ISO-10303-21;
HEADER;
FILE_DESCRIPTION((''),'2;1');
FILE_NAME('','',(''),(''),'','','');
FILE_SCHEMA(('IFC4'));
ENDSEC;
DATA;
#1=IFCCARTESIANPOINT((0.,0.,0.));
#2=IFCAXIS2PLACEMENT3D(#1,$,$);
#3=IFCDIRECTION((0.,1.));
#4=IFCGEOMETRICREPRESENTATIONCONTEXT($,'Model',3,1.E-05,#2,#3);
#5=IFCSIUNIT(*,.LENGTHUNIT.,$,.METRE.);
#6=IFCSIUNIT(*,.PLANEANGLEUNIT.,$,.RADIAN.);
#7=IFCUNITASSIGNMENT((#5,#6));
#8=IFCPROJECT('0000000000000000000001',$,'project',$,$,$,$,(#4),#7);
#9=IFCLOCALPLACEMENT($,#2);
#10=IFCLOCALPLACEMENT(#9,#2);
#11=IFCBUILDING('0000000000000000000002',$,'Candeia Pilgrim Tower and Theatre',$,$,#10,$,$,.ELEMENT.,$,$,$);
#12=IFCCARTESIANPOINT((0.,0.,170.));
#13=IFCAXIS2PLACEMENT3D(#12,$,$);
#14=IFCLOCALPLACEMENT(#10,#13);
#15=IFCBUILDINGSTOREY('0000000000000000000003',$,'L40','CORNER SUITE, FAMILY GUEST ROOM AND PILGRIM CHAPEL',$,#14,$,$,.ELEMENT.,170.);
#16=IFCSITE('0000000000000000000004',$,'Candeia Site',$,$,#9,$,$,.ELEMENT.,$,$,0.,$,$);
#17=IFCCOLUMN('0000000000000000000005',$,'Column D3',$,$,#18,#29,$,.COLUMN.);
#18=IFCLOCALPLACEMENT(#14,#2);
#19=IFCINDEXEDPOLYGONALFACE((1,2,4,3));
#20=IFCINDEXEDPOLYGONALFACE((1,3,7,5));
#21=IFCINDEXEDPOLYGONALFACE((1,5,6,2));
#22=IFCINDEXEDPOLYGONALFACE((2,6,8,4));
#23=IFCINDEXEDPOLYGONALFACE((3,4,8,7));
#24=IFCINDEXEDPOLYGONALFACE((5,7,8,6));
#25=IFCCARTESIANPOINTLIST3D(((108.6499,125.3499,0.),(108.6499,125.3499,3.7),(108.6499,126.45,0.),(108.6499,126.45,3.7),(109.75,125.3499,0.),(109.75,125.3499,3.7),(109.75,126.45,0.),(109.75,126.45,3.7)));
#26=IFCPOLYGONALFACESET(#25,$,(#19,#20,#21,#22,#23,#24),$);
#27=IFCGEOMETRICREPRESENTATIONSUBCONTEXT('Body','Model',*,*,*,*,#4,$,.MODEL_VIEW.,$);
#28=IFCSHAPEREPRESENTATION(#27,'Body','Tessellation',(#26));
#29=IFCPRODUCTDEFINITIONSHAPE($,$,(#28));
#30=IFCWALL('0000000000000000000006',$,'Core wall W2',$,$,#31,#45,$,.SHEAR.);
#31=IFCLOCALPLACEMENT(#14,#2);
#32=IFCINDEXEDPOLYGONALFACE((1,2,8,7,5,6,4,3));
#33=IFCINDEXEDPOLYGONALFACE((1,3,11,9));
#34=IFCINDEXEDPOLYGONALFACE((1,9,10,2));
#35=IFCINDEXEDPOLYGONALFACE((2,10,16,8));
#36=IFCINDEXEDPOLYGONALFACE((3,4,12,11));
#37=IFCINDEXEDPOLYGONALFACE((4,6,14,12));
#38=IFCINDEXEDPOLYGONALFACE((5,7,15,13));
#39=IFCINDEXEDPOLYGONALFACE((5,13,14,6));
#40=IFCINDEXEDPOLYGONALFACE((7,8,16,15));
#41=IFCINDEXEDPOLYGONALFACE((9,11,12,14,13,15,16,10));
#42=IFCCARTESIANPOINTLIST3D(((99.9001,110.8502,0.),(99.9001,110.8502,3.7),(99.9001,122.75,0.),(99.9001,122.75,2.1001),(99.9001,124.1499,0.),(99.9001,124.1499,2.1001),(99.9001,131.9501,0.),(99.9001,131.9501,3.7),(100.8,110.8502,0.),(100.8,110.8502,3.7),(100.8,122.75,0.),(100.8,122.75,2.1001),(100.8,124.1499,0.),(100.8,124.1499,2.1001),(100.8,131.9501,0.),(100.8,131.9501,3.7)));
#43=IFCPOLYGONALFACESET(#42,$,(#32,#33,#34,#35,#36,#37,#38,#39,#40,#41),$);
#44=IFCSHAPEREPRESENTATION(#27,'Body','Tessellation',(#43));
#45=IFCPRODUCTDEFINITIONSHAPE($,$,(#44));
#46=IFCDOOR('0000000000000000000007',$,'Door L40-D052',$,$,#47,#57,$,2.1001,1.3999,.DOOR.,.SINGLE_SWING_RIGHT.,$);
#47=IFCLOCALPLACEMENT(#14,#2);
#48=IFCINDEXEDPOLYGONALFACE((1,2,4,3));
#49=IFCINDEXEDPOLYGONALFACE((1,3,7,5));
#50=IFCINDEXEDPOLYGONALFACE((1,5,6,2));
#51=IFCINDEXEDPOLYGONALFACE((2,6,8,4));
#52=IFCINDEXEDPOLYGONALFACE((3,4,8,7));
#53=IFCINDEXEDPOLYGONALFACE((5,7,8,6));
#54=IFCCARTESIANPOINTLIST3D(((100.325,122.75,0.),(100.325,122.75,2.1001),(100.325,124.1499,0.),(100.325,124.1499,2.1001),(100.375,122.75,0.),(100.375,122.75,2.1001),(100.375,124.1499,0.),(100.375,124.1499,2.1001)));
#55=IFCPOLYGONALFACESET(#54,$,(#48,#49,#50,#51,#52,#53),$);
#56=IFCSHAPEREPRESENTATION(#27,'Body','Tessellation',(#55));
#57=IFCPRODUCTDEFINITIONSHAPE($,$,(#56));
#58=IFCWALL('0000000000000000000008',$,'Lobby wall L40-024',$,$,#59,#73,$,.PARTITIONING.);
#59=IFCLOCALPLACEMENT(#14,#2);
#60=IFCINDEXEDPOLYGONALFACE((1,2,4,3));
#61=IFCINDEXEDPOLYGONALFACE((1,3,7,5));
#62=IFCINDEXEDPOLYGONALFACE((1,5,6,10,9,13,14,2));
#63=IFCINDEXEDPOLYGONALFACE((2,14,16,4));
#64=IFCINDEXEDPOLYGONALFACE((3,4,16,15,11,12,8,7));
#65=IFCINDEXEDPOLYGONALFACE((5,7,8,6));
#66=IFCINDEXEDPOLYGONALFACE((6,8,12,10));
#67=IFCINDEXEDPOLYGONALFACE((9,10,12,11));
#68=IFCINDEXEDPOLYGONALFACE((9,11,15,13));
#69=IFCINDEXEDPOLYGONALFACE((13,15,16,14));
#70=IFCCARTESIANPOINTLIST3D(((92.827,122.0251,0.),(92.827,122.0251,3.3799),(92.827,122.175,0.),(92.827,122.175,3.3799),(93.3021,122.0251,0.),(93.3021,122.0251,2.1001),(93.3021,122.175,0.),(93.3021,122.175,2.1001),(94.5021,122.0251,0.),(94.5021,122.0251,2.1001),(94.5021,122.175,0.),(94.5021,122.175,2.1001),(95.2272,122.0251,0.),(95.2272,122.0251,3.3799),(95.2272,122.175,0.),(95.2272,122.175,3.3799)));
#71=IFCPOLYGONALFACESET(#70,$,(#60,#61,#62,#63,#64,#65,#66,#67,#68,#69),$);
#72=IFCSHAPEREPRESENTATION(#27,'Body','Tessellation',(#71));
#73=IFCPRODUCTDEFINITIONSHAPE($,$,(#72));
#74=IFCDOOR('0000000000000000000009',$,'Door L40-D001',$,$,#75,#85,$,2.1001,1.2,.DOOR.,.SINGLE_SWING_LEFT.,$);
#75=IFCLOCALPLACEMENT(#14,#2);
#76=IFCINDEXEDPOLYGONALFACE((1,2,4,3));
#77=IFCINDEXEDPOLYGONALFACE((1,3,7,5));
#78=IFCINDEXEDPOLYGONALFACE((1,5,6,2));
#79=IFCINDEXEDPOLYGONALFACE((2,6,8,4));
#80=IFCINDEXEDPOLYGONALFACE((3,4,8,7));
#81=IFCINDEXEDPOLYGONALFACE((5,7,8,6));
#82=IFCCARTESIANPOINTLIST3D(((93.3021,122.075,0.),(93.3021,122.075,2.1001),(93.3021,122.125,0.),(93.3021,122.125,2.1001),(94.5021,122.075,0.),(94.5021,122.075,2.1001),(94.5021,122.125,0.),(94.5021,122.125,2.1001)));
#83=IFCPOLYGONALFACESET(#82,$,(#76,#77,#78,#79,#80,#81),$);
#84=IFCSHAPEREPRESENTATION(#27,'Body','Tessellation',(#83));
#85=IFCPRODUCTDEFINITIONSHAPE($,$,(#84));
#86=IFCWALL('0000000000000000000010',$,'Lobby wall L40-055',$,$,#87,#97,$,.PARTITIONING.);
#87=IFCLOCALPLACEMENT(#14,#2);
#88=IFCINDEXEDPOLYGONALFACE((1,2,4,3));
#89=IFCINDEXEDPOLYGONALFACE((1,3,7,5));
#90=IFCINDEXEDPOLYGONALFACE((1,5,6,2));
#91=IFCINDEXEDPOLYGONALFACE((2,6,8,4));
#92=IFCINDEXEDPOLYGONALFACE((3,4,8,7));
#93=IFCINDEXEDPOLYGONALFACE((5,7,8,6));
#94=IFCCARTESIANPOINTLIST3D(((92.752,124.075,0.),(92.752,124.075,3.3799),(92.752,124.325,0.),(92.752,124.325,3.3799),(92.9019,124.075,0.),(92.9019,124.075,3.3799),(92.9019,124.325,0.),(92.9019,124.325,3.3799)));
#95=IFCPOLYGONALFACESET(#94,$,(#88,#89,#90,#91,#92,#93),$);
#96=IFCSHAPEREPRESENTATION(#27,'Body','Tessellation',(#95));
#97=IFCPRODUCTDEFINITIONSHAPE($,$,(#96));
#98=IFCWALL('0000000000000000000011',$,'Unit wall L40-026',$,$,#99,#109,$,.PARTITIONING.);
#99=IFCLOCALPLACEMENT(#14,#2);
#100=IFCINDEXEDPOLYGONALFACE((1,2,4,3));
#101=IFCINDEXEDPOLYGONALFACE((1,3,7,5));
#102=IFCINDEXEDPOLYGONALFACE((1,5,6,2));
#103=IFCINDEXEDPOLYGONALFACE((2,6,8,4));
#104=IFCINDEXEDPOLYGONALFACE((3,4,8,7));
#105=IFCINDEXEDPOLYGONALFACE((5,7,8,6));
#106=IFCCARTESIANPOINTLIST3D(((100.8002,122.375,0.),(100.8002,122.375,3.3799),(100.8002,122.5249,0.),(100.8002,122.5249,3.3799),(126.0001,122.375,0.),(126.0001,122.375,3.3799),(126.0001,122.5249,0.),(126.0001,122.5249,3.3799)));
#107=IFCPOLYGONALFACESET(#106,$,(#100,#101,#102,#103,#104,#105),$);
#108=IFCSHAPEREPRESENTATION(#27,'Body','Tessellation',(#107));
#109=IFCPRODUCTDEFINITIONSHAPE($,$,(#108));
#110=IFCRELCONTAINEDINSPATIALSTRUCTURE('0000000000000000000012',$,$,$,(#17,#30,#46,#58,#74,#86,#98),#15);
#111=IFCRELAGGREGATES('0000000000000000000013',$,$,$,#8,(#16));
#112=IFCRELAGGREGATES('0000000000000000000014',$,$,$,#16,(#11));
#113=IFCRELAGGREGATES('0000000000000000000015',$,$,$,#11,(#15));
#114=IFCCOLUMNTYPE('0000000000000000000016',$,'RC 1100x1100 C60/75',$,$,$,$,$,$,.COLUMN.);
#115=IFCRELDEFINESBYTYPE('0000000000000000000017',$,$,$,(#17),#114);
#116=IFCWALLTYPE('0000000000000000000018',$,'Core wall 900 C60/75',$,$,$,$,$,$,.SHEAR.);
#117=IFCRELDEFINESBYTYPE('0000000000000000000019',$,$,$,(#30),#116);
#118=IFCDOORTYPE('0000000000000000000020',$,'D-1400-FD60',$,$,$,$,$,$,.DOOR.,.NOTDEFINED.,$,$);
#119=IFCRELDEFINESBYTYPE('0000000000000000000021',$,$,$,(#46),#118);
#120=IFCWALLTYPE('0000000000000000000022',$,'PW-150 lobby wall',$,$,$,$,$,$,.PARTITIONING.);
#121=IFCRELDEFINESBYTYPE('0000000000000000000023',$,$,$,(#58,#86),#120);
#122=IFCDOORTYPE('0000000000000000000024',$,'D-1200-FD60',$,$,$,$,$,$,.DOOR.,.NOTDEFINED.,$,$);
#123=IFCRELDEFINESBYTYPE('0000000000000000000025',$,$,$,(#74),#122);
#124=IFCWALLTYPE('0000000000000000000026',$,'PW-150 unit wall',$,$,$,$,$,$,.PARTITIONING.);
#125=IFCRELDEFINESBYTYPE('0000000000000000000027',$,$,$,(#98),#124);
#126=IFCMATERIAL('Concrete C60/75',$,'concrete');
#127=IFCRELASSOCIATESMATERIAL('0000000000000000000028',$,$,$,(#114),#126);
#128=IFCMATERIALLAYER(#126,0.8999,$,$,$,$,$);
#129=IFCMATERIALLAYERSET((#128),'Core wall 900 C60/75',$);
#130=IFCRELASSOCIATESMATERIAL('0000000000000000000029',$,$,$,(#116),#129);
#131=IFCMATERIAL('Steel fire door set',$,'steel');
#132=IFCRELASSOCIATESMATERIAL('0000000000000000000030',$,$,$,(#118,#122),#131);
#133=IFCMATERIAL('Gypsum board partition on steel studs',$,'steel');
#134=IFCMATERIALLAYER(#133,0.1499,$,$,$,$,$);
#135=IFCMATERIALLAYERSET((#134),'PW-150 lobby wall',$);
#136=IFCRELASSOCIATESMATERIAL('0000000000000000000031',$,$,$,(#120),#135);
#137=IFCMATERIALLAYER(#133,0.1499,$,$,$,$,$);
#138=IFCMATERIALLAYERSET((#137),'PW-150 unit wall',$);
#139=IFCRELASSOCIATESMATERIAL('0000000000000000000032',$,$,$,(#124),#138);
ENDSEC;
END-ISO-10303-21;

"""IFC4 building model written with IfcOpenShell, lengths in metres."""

from ifc_helpers import new_model, si_unit, direction, frame, frame_2d, origin, origin_2d, place, context, subcontext, project, spatial, rectangle, extrude, material, layer, layer_set, material_profile, profile_set, type_object, element, fill, save


model = new_model("IFC4")

# Units and contexts
model_context = context("Model", 3, precision=1e-05, world=origin(), true_north=direction((0.0, 1.0)))
body_context = subcontext(model_context, "Body", "Model", "MODEL_VIEW")
ifc_project = project(units=[si_unit("LENGTHUNIT", "METRE"), si_unit("PLANEANGLEUNIT", "RADIAN")], contexts=[model_context])

# Site, building, storey
site_placement = place(None, origin())
site = spatial("IfcSite", under=ifc_project, at=site_placement, Name="Candeia Site", CompositionType="ELEMENT", RefElevation=0.0)
building_placement = place(site_placement, origin())
building = spatial("IfcBuilding", under=site, at=building_placement, Name="Candeia Pilgrim Tower and Theatre", CompositionType="ELEMENT")
storey_placement = place(building_placement, frame((0.0, 0.0, 170.0)))
storey = spatial("IfcBuildingStorey", under=building, at=storey_placement, Name="L40", Description="CORNER SUITE, FAMILY GUEST ROOM AND PILGRIM CHAPEL", CompositionType="ELEMENT", Elevation=170.0)

# Column
ifc_material_1 = material(Name="Concrete C60/75", Category="concrete")
ifc_material_profile = material_profile(ifc_material_1, rectangle(XDim=1.1001, YDim=1.1001, at=origin_2d()))
ifc_profile_set = profile_set([ifc_material_profile], Name="Concrete C60/75")
column_type = type_object("IfcColumnType", Name="RC 1100x1100 C60/75", PredefinedType="COLUMN", material=ifc_profile_set)
column_placement = place(storey_placement, frame((109.2, 125.8999, 0.0), z_axis=(0.0, 0.0, 1.0), x_axis=(1.0, 0.0, 0.0)))
element("IfcColumn", 1, at=column_placement, inside=storey, type_object=column_type, Name="Column D3", PredefinedType="COLUMN", context=body_context, shape_type="SweptSolid", body=[
    extrude(rectangle(XDim=1.1001, YDim=1.1001, at=origin_2d()), origin(), (0.0, 0.0, 1.0), 3.7),
])

# Walls, openings, doors
ifc_layer_1 = layer(ifc_material_1, 0.8999)
ifc_layer_set_1 = layer_set([ifc_layer_1], Name="Core wall 900 C60/75")
wall_type_1 = type_object("IfcWallType", Name="Core wall 900 C60/75", PredefinedType="SHEAR", material=ifc_layer_set_1)
wall_1_placement = place(storey_placement, frame((100.3501, 131.95, 0.0), z_axis=(0.0, 0.0, 1.0), x_axis=(0.0, -1.0, 0.0)))
wall_1 = element("IfcWall", 2, at=wall_1_placement, inside=storey, type_object=wall_type_1, Name="Core wall W2", PredefinedType="SHEAR", context=body_context, shape_type="SweptSolid", body=[
    extrude(rectangle(XDim=21.0999, YDim=0.8999, at=frame_2d((10.5498, 0.0))), origin(), (0.0, 0.0, 1.0), 3.7),
])
opening_1_placement = place(wall_1_placement, frame((7.8, 0.0, 0.0)))
opening_1 = element("IfcOpeningElement", 3, at=opening_1_placement, cuts=wall_1, PredefinedType="OPENING", context=body_context, shape_type="SweptSolid", body=[
    extrude(rectangle(XDim=1.3999, YDim=2.1001, at=frame_2d((0.7, 1.05))), frame((0.0, 0.46, 0.0), z_axis=(0.0, -1.0, 0.0), x_axis=(1.0, 0.0, 0.0)), (0.0, 0.0, 1.0), 0.9199),
])
ifc_material_2 = material(Name="Steel fire door set", Category="steel")
door_type_1 = type_object("IfcDoorType", Name="D-1400-FD60", OperationType="NOTDEFINED", PredefinedType="DOOR", material=ifc_material_2)
door_1_placement = place(opening_1_placement, origin())
door_1 = element("IfcDoor", 4, at=door_1_placement, inside=storey, type_object=door_type_1, Name="Door L40-D052", OperationType="SINGLE_SWING_RIGHT", OverallHeight=2.1001, OverallWidth=1.3999, PredefinedType="DOOR", context=body_context, shape_type="SweptSolid", body=[
    extrude(rectangle(XDim=1.3999, YDim=2.1001, at=frame_2d((0.7, 1.05))), frame((0.0, 0.0249, 0.0), z_axis=(0.0, -1.0, 0.0), x_axis=(1.0, 0.0, 0.0)), (0.0, 0.0, 1.0), 0.05),
])
fill(opening_1, door_1)
ifc_material_3 = material(Name="Gypsum board partition on steel studs", Category="steel")
ifc_layer_2 = layer(ifc_material_3, 0.1499)
ifc_layer_set_2 = layer_set([ifc_layer_2], Name="PW-150 lobby wall")
wall_type_2 = type_object("IfcWallType", Name="PW-150 lobby wall", PredefinedType="PARTITIONING", material=ifc_layer_set_2)
wall_2_placement = place(storey_placement, frame((92.8269, 122.1001, 0.0), z_axis=(0.0, 0.0, 1.0), x_axis=(1.0, 0.0, 0.0)))
wall_2 = element("IfcWall", 5, at=wall_2_placement, inside=storey, type_object=wall_type_2, Name="Lobby wall L40-024", PredefinedType="PARTITIONING", context=body_context, shape_type="SweptSolid", body=[
    extrude(rectangle(XDim=2.4001, YDim=0.1499, at=frame_2d((1.2002, 0.0))), origin(), (0.0, 0.0, 1.0), 3.3799),
])
opening_2_placement = place(wall_2_placement, frame((0.4751, 0.0, 0.0)))
opening_2 = element("IfcOpeningElement", 6, at=opening_2_placement, cuts=wall_2, PredefinedType="OPENING", context=body_context, shape_type="SweptSolid", body=[
    extrude(rectangle(XDim=1.2, YDim=2.1001, at=frame_2d((0.6001, 1.05))), frame((0.0, 0.085, 0.0), z_axis=(0.0, -1.0, 0.0), x_axis=(1.0, 0.0, 0.0)), (0.0, 0.0, 1.0), 0.1699),
])
door_type_2 = type_object("IfcDoorType", Name="D-1200-FD60", OperationType="NOTDEFINED", PredefinedType="DOOR", material=ifc_material_2)
door_2_placement = place(opening_2_placement, origin())
door_2 = element("IfcDoor", 7, at=door_2_placement, inside=storey, type_object=door_type_2, Name="Door L40-D001", OperationType="SINGLE_SWING_LEFT", OverallHeight=2.1001, OverallWidth=1.2, PredefinedType="DOOR", context=body_context, shape_type="SweptSolid", body=[
    extrude(rectangle(XDim=1.2, YDim=2.1001, at=frame_2d((0.6001, 1.05))), frame((0.0, 0.0249, 0.0), z_axis=(0.0, -1.0, 0.0), x_axis=(1.0, 0.0, 0.0)), (0.0, 0.0, 1.0), 0.05),
])
fill(opening_2, door_2)

# Walls
wall_3_placement = place(storey_placement, frame((92.8269, 124.075, 0.0), z_axis=(0.0, 0.0, 1.0), x_axis=(0.0, 1.0, 0.0)))
element("IfcWall", 8, at=wall_3_placement, inside=storey, type_object=wall_type_2, Name="Lobby wall L40-055", PredefinedType="PARTITIONING", context=body_context, shape_type="SweptSolid", body=[
    extrude(rectangle(XDim=0.25, YDim=0.1499, at=frame_2d((0.125, 0.0))), origin(), (0.0, 0.0, 1.0), 3.3799),
])
ifc_layer_3 = layer(ifc_material_3, 0.1499)
ifc_layer_set_3 = layer_set([ifc_layer_3], Name="PW-150 unit wall")
wall_type_3 = type_object("IfcWallType", Name="PW-150 unit wall", PredefinedType="PARTITIONING", material=ifc_layer_set_3)
wall_4_placement = place(storey_placement, frame((100.8, 122.45, 0.0), z_axis=(0.0, 0.0, 1.0), x_axis=(1.0, 0.0, 0.0)))
element("IfcWall", 9, at=wall_4_placement, inside=storey, type_object=wall_type_3, Name="Unit wall L40-026", PredefinedType="PARTITIONING", context=body_context, shape_type="SweptSolid", body=[
    extrude(rectangle(XDim=25.2, YDim=0.1499, at=frame_2d((12.6001, 0.0))), origin(), (0.0, 0.0, 1.0), 3.3799),
])

save(model, "model.ifc")
